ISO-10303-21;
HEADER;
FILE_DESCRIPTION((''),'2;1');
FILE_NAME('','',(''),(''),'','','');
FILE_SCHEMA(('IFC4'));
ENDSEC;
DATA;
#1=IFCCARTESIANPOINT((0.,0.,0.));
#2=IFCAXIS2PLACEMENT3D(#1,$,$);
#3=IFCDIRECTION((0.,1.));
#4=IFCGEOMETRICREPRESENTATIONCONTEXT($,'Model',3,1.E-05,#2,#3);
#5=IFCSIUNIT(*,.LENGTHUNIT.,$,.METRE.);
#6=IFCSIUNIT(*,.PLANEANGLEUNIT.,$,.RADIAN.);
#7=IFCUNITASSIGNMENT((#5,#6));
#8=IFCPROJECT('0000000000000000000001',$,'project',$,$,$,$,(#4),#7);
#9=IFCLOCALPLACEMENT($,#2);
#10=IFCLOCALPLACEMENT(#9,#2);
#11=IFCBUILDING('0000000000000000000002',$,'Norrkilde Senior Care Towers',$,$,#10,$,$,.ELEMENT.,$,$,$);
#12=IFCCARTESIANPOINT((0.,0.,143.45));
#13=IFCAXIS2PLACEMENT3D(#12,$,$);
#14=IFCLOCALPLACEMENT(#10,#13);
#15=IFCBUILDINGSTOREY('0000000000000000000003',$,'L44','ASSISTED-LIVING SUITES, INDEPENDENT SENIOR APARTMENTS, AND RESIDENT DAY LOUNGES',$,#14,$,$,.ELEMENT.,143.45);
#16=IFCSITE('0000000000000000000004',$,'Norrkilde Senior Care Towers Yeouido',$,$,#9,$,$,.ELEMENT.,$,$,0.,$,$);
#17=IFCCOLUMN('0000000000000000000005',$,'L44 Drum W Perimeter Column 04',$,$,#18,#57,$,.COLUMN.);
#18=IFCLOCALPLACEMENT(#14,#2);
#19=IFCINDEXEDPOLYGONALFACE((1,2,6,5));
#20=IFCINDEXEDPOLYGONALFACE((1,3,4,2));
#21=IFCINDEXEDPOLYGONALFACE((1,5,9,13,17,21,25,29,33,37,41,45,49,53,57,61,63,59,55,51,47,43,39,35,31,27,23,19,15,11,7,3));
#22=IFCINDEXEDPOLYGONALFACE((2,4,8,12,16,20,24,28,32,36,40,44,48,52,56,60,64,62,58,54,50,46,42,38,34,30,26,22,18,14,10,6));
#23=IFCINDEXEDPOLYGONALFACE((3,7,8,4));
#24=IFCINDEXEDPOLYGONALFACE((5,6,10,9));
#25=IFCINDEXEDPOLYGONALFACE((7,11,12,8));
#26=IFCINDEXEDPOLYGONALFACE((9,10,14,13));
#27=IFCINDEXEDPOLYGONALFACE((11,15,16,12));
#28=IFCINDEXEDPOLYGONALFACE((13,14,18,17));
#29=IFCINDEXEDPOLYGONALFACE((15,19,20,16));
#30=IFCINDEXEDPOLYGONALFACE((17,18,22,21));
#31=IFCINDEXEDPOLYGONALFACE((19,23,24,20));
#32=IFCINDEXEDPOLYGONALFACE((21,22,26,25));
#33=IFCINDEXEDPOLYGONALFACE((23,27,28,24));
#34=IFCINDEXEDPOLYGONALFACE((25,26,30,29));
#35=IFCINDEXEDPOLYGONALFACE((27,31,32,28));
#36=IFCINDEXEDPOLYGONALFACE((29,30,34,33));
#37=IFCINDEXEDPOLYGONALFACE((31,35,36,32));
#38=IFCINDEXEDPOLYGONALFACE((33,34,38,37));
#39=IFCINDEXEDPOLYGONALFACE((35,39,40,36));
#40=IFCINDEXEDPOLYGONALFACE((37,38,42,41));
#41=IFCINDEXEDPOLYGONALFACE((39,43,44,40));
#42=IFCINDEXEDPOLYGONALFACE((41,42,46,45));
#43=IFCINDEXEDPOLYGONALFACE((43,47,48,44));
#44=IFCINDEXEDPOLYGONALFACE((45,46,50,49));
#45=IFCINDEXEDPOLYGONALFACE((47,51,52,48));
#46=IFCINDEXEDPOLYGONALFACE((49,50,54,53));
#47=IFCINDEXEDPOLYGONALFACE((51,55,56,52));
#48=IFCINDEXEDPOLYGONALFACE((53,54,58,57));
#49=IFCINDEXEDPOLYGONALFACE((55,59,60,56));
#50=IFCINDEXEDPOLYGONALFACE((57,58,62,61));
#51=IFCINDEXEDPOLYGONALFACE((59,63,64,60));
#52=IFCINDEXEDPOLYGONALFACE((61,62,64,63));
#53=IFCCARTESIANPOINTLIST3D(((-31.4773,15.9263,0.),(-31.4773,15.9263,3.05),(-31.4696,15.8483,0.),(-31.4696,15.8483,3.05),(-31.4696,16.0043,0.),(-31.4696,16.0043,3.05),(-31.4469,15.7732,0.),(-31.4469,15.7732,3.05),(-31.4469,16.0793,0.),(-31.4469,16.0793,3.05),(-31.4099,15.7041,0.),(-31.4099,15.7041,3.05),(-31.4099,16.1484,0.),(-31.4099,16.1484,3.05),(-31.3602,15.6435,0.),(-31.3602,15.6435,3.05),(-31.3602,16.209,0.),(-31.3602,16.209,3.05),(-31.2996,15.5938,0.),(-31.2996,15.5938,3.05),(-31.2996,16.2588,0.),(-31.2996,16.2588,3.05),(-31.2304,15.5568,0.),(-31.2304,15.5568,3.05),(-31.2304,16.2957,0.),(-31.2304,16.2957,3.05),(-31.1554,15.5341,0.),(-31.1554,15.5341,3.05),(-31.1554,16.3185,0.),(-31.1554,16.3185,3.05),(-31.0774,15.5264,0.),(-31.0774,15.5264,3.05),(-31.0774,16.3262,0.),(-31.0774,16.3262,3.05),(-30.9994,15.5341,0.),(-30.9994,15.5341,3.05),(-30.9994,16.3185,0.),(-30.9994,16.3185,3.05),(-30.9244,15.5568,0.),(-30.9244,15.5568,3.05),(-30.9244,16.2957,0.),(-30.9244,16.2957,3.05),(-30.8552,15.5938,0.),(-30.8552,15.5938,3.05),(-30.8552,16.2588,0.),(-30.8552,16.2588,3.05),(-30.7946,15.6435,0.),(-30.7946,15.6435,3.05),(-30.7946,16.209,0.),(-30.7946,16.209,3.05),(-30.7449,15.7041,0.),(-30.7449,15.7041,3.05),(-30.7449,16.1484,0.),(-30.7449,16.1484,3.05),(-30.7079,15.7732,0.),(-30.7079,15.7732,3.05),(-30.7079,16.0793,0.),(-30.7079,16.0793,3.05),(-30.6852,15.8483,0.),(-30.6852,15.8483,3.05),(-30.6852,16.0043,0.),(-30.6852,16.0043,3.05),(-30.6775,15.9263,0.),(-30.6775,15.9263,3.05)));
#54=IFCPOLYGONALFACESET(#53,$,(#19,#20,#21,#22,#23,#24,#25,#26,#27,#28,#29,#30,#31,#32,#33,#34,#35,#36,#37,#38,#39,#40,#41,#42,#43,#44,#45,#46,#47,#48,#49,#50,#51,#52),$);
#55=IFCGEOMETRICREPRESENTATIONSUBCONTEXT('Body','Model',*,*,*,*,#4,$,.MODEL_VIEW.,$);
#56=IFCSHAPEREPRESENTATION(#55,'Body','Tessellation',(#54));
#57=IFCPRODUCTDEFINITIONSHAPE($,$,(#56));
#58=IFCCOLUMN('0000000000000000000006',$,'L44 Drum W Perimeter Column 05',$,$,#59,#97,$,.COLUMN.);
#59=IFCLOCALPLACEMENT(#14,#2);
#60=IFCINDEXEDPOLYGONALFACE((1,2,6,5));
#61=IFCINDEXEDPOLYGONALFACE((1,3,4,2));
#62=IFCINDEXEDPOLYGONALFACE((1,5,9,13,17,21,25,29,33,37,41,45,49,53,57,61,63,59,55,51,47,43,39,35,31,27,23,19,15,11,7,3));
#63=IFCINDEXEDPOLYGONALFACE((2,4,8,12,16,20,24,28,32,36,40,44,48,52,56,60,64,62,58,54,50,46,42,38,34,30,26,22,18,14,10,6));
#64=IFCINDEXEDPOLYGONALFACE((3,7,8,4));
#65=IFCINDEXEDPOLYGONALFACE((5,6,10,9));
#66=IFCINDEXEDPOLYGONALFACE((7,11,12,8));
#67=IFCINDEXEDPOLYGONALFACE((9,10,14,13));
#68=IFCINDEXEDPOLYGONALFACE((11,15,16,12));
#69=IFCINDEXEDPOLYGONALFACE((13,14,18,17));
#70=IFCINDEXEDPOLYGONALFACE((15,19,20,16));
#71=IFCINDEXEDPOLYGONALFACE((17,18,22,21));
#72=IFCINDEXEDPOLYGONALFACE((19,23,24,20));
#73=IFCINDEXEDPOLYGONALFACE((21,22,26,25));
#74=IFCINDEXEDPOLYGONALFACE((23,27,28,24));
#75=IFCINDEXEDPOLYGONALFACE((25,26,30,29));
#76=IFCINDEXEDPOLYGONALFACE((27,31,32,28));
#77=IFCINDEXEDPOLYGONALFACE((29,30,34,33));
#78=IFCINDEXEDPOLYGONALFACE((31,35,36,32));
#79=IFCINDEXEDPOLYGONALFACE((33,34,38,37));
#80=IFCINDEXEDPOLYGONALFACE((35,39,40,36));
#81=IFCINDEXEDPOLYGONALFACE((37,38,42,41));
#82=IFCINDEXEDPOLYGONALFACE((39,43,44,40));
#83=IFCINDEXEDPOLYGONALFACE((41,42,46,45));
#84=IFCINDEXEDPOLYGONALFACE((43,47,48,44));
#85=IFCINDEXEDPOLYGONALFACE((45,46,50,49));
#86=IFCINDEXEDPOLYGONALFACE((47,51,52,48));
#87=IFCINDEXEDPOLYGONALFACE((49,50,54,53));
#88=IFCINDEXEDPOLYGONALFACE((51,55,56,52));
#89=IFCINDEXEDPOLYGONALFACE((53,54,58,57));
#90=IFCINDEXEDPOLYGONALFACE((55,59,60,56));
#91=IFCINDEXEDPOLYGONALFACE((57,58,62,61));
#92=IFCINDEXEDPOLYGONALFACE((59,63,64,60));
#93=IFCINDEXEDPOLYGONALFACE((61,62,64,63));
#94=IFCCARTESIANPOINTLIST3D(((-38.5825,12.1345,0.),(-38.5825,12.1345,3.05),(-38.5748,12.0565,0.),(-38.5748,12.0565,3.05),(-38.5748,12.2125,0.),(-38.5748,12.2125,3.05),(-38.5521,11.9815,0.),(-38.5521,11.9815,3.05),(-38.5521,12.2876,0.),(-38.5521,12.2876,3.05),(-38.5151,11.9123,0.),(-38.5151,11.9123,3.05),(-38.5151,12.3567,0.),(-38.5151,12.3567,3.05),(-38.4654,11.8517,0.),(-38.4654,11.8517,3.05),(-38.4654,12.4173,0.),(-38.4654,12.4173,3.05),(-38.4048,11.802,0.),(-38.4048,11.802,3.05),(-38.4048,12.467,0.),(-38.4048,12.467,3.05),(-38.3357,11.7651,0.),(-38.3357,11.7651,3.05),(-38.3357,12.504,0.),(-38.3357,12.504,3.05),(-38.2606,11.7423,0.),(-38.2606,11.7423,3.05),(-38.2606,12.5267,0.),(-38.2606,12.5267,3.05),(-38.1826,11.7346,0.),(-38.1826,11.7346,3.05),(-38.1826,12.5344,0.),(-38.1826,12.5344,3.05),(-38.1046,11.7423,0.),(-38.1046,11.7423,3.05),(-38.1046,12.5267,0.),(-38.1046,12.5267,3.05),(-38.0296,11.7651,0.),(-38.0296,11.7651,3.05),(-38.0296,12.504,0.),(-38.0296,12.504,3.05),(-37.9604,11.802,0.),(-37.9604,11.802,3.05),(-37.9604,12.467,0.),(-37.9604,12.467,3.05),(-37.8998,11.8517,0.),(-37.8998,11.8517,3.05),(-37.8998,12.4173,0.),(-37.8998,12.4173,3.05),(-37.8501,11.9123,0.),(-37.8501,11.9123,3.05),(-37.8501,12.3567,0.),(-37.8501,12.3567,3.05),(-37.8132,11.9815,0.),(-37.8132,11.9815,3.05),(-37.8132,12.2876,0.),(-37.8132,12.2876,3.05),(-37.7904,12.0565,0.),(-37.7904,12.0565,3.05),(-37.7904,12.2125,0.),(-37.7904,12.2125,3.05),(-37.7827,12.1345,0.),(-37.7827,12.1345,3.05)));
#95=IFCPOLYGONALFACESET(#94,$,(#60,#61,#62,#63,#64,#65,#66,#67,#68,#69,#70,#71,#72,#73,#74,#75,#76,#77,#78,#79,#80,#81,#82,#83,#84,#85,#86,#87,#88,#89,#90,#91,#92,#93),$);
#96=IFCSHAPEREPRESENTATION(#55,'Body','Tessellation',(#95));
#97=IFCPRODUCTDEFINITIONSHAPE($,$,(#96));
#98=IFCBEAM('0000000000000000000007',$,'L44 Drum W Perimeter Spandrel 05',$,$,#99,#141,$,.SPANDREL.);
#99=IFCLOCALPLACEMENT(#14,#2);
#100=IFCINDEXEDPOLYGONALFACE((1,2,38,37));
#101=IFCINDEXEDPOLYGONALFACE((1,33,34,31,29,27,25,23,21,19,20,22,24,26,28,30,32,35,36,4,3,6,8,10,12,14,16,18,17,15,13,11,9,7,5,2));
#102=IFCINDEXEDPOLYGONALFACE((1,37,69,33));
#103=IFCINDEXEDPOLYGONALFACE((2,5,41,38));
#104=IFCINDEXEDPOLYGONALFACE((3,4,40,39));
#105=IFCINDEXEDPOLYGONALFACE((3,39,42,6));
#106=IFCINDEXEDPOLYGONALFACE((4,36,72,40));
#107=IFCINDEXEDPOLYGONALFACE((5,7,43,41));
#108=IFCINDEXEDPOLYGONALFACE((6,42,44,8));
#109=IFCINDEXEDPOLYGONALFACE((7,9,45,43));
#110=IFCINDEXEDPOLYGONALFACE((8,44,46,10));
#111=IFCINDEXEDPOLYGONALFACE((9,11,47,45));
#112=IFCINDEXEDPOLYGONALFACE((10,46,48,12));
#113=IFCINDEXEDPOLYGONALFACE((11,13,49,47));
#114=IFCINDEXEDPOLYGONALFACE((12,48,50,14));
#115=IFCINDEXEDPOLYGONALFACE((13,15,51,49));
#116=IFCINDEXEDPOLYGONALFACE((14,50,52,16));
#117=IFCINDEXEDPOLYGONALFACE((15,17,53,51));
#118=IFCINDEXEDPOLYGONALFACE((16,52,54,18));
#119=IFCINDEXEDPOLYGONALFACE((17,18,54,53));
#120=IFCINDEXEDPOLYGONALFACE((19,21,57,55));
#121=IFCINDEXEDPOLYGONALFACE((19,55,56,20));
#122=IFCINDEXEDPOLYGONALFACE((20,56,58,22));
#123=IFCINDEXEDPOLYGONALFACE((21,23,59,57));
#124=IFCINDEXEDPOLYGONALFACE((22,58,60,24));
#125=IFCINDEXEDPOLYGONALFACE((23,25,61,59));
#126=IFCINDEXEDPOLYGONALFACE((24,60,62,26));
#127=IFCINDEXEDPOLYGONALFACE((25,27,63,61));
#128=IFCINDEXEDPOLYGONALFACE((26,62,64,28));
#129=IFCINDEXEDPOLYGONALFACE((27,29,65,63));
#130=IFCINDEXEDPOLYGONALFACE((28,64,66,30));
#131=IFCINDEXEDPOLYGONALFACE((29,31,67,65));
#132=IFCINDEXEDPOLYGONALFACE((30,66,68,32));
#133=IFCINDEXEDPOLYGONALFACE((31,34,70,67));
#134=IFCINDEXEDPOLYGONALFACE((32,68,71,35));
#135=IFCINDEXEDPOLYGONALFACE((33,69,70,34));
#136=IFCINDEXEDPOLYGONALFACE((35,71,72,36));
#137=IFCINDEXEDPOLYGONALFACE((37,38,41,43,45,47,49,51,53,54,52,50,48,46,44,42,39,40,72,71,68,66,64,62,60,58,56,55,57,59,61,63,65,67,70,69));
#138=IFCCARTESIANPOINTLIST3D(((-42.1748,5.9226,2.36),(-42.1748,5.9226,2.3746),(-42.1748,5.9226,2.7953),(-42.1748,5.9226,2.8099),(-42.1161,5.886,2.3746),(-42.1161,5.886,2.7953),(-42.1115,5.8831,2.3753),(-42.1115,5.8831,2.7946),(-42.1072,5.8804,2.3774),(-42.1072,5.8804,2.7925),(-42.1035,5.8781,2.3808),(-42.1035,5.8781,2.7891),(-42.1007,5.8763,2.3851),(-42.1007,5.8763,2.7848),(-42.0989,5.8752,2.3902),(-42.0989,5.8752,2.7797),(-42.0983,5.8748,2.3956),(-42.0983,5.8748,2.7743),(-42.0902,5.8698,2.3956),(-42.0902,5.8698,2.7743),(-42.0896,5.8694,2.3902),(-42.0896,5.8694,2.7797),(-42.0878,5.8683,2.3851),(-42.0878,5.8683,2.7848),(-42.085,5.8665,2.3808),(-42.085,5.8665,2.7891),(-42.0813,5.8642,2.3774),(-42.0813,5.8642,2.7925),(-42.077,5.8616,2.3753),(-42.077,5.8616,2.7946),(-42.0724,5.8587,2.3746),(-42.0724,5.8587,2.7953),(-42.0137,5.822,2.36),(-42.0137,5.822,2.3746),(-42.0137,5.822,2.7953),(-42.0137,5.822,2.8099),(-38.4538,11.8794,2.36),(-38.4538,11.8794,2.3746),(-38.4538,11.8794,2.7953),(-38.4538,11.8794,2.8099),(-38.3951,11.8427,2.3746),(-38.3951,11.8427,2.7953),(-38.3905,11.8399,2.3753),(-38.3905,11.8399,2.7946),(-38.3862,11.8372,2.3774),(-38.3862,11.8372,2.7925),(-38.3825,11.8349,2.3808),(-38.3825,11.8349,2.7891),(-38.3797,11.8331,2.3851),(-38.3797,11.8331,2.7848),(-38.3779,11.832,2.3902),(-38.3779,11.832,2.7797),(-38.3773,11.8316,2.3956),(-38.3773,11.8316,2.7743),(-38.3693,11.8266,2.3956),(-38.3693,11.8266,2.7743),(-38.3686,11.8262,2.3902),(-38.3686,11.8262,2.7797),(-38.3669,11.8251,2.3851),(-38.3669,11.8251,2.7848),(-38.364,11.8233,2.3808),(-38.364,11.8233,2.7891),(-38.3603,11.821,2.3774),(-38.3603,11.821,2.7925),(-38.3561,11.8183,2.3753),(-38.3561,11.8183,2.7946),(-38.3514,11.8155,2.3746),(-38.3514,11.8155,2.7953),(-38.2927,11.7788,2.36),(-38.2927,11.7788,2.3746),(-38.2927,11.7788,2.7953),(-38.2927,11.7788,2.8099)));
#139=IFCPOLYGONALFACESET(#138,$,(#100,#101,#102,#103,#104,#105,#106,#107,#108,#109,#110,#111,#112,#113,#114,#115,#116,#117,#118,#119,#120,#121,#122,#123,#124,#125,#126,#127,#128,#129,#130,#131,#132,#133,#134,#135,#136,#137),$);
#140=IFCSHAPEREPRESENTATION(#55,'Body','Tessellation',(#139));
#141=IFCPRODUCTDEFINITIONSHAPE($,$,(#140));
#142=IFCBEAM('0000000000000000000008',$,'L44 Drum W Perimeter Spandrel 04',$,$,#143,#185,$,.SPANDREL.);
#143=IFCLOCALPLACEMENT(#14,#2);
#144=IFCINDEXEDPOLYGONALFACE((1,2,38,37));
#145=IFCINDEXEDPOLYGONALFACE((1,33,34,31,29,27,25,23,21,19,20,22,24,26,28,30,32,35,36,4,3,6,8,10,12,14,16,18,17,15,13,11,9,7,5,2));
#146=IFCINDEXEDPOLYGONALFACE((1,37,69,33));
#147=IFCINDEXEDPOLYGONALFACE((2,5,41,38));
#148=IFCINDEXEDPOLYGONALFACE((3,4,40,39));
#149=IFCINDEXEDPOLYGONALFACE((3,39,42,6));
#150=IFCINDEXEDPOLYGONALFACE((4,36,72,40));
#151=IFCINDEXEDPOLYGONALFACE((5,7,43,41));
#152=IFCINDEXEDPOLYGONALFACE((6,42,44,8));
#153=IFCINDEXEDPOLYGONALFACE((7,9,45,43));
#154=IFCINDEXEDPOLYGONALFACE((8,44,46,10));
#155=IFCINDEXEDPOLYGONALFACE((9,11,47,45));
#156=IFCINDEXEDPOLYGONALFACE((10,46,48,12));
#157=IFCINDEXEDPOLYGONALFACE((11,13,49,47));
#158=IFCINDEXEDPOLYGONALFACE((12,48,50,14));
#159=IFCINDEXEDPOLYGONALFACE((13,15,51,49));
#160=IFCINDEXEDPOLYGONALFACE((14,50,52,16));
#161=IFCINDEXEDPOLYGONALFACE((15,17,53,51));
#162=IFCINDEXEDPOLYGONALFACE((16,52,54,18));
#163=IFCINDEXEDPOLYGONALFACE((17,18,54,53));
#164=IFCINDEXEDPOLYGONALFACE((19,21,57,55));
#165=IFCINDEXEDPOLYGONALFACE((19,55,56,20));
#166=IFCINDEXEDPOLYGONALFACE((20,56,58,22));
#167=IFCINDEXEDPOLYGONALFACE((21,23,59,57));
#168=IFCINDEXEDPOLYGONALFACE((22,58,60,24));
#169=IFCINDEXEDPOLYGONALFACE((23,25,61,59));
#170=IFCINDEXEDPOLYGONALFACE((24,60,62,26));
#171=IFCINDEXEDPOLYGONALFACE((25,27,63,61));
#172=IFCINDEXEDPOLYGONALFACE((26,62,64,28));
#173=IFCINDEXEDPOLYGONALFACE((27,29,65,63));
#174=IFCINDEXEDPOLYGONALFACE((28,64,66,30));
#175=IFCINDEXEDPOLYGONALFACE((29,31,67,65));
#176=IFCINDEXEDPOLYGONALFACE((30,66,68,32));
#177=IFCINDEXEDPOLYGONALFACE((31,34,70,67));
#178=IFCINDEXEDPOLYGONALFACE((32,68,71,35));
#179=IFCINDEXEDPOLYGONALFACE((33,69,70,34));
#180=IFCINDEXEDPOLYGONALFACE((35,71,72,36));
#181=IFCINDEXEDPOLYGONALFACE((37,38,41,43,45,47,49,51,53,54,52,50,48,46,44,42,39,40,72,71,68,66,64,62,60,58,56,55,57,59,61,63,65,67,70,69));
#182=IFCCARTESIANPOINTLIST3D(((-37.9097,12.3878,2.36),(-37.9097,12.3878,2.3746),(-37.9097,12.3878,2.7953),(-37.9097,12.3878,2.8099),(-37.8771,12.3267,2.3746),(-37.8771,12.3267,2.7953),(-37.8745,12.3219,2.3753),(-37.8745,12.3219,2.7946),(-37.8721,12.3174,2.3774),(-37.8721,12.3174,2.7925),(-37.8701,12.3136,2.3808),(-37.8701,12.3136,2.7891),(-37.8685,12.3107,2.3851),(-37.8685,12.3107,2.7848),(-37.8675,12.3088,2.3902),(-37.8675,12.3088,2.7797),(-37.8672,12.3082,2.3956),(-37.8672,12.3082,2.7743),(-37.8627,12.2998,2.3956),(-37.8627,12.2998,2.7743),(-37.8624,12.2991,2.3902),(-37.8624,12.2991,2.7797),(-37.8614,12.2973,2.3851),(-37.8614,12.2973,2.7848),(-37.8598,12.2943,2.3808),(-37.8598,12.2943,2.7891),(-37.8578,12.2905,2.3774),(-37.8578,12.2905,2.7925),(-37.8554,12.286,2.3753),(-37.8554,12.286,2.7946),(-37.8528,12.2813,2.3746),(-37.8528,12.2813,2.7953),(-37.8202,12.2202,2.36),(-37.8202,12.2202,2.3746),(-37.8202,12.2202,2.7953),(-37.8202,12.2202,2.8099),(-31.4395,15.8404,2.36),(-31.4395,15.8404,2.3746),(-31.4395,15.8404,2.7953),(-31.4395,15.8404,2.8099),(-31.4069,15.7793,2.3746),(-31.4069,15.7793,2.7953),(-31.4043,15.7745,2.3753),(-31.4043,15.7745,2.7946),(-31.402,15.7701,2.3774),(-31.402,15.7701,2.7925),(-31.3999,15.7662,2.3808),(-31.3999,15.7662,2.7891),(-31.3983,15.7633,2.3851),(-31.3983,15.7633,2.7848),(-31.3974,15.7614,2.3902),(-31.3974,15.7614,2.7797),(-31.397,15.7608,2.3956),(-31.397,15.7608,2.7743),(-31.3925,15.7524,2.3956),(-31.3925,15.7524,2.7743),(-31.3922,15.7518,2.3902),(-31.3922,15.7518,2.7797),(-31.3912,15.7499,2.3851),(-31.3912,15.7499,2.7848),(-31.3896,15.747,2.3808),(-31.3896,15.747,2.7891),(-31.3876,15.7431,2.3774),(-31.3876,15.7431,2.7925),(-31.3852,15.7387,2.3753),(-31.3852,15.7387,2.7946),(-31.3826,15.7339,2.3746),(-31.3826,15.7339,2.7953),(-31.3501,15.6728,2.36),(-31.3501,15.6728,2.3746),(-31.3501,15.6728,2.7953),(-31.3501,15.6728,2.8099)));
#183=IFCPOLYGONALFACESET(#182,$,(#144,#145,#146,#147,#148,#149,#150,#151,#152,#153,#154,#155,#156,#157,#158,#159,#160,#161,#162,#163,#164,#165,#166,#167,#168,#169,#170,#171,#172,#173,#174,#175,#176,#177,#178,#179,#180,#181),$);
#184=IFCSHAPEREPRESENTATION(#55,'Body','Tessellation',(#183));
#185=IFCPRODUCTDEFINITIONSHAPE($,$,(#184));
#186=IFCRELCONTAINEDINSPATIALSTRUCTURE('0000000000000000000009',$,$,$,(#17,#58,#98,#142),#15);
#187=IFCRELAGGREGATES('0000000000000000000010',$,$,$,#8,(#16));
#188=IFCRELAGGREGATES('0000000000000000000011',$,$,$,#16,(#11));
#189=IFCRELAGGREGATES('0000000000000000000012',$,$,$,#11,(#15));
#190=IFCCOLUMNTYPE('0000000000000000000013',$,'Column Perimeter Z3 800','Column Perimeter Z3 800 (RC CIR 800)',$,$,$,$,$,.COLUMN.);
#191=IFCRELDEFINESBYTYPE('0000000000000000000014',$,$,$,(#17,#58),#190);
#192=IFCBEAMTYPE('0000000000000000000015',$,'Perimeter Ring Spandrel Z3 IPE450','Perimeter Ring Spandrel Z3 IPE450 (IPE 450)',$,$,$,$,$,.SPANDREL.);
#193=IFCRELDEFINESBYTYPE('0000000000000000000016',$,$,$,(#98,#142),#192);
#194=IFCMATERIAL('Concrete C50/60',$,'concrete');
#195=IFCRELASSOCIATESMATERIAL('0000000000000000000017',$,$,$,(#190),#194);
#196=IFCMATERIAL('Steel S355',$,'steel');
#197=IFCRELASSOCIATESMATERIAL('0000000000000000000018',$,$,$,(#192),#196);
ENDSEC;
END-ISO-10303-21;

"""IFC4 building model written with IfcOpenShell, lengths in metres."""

from ifc_helpers import new_model, si_unit, direction, frame, origin, origin_2d, place, context, subcontext, project, spatial, circle, i_section, extrude, source, transform, mapped, material, material_profile, profile_set, type_object, type_shapes, element, save


model = new_model("IFC4")

# Units and contexts
model_context = context("Model", 3, precision=1e-05, world=origin(), true_north=direction((0.0, 1.0)))
body_context = subcontext(model_context, "Body", "Model", "MODEL_VIEW")
ifc_project = project(units=[si_unit("LENGTHUNIT", "METRE"), si_unit("PLANEANGLEUNIT", "RADIAN")], contexts=[model_context])

# Site, building, storey
site_placement = place(None, origin())
site = spatial("IfcSite", under=ifc_project, at=site_placement, Name="Norrkilde Senior Care Towers Yeouido", CompositionType="ELEMENT", RefElevation=0.0)
building_placement = place(site_placement, origin())
building = spatial("IfcBuilding", under=site, at=building_placement, Name="Norrkilde Senior Care Towers", CompositionType="ELEMENT")
storey_placement = place(building_placement, frame((0.0, 0.0, 143.45)))
storey = spatial("IfcBuildingStorey", under=building, at=storey_placement, Name="L44", Description="ASSISTED-LIVING SUITES, INDEPENDENT SENIOR APARTMENTS, AND RESIDENT DAY LOUNGES", CompositionType="ELEMENT", Elevation=143.45)

# Columns
ifc_material_1 = material(Name="Concrete C50/60", Category="concrete")
ifc_material_profile_1 = material_profile(ifc_material_1, circle(Radius=0.3999, at=origin_2d()), Name="RC CIR 800")
ifc_profile_set_1 = profile_set([ifc_material_profile_1], Name="Concrete C50/60")
column_type = type_object("IfcColumnType", Name="Column Perimeter Z3 800", Description="Column Perimeter Z3 800 (RC CIR 800)", PredefinedType="COLUMN", material=ifc_profile_set_1)
shared_shape_1 = source(origin(), body_context, "Body", "SweptSolid", [
    extrude(circle(Radius=0.3999, at=origin_2d()), origin(), (0.0, 0.0, 1.0), 3.05),
])
type_shapes(column_type, [shared_shape_1])
for number, where, z_axis, x_axis, name in (
    (1, (-31.0774, 15.9263, 0.0), (0.0, 0.0, 1.0), (1.0, 0.0, 0.0), "L44 Drum W Perimeter Column 04"),
    (2, (-38.1826, 12.1345, 0.0), (0.0, 0.0, 1.0), (1.0, 0.0, 0.0), "L44 Drum W Perimeter Column 05"),
):
    element("IfcColumn", number, at=place(storey_placement, frame(where, z_axis=z_axis, x_axis=x_axis)), inside=storey, type_object=column_type, Name=name, PredefinedType="COLUMN", context=body_context, shape_type="MappedRepresentation", body=[
        mapped(shared_shape_1, transform((0.0, 0.0, 0.0), x_axis=(1.0, 0.0, 0.0), y_axis=(0.0, 1.0, 0.0), z_axis=(0.0, 0.0, 1.0), scale=1.0)),
    ])

# Beams
ifc_material_2 = material(Name="Steel S355", Category="steel")
ifc_material_profile_2 = material_profile(ifc_material_2, i_section(OverallWidth=0.1899, OverallDepth=0.45, WebThickness=0.0095, FlangeThickness=0.0146, FilletRadius=0.021, at=origin_2d()), Name="IPE 450")
ifc_profile_set_2 = profile_set([ifc_material_profile_2], Name="Steel S355")
beam_type_1 = type_object("IfcBeamType", Name="Perimeter Ring Spandrel Z3 IPE450", Description="Perimeter Ring Spandrel Z3 IPE450 (IPE 450)", PredefinedType="SPANDREL", material=ifc_profile_set_2)
shared_shape_2 = source(origin(), body_context, "Body", "SweptSolid", [
    extrude(i_section(OverallWidth=0.1899, OverallDepth=0.45, WebThickness=0.0095, FlangeThickness=0.0146, FilletRadius=0.021, at=origin_2d()), origin(), (0.0, 0.0, 1.0), 7.0234),
])
beam_1_placement = place(storey_placement, frame((-38.3733, 11.8291, 2.585), z_axis=(-0.52979, -0.848129, 0.0), x_axis=(0.848129, -0.52979, 0.0)))
element("IfcBeam", 3, at=beam_1_placement, inside=storey, type_object=beam_type_1, Name="L44 Drum W Perimeter Spandrel 05", PredefinedType="SPANDREL", context=body_context, shape_type="MappedRepresentation", body=[
    mapped(shared_shape_2, transform((0.0, 0.0, 0.0), x_axis=(1.0, 0.0, 0.0), y_axis=(0.0, 1.0, 0.0), z_axis=(0.0, 0.0, 1.0), scale=1.0)),
])
shared_shape_3 = source(origin(), body_context, "Body", "SweptSolid", [
    extrude(i_section(OverallWidth=0.1899, OverallDepth=0.45, WebThickness=0.0095, FlangeThickness=0.0146, FilletRadius=0.021, at=origin_2d()), origin(), (0.0, 0.0, 1.0), 7.3337),
])
type_shapes(beam_type_1, [shared_shape_2, shared_shape_3])
beam_2_placement = place(storey_placement, frame((-31.3948, 15.7566, 2.585), z_axis=(-0.882248, -0.470785, 0.0), x_axis=(0.470785, -0.882248, 0.0)))
element("IfcBeam", 4, at=beam_2_placement, inside=storey, type_object=beam_type_1, Name="L44 Drum W Perimeter Spandrel 04", PredefinedType="SPANDREL", context=body_context, shape_type="MappedRepresentation", body=[
    mapped(shared_shape_3, transform((0.0, 0.0, 0.0), x_axis=(1.0, 0.0, 0.0), y_axis=(0.0, 1.0, 0.0), z_axis=(0.0, 0.0, 1.0), scale=1.0)),
])

save(model, "model.ifc")
